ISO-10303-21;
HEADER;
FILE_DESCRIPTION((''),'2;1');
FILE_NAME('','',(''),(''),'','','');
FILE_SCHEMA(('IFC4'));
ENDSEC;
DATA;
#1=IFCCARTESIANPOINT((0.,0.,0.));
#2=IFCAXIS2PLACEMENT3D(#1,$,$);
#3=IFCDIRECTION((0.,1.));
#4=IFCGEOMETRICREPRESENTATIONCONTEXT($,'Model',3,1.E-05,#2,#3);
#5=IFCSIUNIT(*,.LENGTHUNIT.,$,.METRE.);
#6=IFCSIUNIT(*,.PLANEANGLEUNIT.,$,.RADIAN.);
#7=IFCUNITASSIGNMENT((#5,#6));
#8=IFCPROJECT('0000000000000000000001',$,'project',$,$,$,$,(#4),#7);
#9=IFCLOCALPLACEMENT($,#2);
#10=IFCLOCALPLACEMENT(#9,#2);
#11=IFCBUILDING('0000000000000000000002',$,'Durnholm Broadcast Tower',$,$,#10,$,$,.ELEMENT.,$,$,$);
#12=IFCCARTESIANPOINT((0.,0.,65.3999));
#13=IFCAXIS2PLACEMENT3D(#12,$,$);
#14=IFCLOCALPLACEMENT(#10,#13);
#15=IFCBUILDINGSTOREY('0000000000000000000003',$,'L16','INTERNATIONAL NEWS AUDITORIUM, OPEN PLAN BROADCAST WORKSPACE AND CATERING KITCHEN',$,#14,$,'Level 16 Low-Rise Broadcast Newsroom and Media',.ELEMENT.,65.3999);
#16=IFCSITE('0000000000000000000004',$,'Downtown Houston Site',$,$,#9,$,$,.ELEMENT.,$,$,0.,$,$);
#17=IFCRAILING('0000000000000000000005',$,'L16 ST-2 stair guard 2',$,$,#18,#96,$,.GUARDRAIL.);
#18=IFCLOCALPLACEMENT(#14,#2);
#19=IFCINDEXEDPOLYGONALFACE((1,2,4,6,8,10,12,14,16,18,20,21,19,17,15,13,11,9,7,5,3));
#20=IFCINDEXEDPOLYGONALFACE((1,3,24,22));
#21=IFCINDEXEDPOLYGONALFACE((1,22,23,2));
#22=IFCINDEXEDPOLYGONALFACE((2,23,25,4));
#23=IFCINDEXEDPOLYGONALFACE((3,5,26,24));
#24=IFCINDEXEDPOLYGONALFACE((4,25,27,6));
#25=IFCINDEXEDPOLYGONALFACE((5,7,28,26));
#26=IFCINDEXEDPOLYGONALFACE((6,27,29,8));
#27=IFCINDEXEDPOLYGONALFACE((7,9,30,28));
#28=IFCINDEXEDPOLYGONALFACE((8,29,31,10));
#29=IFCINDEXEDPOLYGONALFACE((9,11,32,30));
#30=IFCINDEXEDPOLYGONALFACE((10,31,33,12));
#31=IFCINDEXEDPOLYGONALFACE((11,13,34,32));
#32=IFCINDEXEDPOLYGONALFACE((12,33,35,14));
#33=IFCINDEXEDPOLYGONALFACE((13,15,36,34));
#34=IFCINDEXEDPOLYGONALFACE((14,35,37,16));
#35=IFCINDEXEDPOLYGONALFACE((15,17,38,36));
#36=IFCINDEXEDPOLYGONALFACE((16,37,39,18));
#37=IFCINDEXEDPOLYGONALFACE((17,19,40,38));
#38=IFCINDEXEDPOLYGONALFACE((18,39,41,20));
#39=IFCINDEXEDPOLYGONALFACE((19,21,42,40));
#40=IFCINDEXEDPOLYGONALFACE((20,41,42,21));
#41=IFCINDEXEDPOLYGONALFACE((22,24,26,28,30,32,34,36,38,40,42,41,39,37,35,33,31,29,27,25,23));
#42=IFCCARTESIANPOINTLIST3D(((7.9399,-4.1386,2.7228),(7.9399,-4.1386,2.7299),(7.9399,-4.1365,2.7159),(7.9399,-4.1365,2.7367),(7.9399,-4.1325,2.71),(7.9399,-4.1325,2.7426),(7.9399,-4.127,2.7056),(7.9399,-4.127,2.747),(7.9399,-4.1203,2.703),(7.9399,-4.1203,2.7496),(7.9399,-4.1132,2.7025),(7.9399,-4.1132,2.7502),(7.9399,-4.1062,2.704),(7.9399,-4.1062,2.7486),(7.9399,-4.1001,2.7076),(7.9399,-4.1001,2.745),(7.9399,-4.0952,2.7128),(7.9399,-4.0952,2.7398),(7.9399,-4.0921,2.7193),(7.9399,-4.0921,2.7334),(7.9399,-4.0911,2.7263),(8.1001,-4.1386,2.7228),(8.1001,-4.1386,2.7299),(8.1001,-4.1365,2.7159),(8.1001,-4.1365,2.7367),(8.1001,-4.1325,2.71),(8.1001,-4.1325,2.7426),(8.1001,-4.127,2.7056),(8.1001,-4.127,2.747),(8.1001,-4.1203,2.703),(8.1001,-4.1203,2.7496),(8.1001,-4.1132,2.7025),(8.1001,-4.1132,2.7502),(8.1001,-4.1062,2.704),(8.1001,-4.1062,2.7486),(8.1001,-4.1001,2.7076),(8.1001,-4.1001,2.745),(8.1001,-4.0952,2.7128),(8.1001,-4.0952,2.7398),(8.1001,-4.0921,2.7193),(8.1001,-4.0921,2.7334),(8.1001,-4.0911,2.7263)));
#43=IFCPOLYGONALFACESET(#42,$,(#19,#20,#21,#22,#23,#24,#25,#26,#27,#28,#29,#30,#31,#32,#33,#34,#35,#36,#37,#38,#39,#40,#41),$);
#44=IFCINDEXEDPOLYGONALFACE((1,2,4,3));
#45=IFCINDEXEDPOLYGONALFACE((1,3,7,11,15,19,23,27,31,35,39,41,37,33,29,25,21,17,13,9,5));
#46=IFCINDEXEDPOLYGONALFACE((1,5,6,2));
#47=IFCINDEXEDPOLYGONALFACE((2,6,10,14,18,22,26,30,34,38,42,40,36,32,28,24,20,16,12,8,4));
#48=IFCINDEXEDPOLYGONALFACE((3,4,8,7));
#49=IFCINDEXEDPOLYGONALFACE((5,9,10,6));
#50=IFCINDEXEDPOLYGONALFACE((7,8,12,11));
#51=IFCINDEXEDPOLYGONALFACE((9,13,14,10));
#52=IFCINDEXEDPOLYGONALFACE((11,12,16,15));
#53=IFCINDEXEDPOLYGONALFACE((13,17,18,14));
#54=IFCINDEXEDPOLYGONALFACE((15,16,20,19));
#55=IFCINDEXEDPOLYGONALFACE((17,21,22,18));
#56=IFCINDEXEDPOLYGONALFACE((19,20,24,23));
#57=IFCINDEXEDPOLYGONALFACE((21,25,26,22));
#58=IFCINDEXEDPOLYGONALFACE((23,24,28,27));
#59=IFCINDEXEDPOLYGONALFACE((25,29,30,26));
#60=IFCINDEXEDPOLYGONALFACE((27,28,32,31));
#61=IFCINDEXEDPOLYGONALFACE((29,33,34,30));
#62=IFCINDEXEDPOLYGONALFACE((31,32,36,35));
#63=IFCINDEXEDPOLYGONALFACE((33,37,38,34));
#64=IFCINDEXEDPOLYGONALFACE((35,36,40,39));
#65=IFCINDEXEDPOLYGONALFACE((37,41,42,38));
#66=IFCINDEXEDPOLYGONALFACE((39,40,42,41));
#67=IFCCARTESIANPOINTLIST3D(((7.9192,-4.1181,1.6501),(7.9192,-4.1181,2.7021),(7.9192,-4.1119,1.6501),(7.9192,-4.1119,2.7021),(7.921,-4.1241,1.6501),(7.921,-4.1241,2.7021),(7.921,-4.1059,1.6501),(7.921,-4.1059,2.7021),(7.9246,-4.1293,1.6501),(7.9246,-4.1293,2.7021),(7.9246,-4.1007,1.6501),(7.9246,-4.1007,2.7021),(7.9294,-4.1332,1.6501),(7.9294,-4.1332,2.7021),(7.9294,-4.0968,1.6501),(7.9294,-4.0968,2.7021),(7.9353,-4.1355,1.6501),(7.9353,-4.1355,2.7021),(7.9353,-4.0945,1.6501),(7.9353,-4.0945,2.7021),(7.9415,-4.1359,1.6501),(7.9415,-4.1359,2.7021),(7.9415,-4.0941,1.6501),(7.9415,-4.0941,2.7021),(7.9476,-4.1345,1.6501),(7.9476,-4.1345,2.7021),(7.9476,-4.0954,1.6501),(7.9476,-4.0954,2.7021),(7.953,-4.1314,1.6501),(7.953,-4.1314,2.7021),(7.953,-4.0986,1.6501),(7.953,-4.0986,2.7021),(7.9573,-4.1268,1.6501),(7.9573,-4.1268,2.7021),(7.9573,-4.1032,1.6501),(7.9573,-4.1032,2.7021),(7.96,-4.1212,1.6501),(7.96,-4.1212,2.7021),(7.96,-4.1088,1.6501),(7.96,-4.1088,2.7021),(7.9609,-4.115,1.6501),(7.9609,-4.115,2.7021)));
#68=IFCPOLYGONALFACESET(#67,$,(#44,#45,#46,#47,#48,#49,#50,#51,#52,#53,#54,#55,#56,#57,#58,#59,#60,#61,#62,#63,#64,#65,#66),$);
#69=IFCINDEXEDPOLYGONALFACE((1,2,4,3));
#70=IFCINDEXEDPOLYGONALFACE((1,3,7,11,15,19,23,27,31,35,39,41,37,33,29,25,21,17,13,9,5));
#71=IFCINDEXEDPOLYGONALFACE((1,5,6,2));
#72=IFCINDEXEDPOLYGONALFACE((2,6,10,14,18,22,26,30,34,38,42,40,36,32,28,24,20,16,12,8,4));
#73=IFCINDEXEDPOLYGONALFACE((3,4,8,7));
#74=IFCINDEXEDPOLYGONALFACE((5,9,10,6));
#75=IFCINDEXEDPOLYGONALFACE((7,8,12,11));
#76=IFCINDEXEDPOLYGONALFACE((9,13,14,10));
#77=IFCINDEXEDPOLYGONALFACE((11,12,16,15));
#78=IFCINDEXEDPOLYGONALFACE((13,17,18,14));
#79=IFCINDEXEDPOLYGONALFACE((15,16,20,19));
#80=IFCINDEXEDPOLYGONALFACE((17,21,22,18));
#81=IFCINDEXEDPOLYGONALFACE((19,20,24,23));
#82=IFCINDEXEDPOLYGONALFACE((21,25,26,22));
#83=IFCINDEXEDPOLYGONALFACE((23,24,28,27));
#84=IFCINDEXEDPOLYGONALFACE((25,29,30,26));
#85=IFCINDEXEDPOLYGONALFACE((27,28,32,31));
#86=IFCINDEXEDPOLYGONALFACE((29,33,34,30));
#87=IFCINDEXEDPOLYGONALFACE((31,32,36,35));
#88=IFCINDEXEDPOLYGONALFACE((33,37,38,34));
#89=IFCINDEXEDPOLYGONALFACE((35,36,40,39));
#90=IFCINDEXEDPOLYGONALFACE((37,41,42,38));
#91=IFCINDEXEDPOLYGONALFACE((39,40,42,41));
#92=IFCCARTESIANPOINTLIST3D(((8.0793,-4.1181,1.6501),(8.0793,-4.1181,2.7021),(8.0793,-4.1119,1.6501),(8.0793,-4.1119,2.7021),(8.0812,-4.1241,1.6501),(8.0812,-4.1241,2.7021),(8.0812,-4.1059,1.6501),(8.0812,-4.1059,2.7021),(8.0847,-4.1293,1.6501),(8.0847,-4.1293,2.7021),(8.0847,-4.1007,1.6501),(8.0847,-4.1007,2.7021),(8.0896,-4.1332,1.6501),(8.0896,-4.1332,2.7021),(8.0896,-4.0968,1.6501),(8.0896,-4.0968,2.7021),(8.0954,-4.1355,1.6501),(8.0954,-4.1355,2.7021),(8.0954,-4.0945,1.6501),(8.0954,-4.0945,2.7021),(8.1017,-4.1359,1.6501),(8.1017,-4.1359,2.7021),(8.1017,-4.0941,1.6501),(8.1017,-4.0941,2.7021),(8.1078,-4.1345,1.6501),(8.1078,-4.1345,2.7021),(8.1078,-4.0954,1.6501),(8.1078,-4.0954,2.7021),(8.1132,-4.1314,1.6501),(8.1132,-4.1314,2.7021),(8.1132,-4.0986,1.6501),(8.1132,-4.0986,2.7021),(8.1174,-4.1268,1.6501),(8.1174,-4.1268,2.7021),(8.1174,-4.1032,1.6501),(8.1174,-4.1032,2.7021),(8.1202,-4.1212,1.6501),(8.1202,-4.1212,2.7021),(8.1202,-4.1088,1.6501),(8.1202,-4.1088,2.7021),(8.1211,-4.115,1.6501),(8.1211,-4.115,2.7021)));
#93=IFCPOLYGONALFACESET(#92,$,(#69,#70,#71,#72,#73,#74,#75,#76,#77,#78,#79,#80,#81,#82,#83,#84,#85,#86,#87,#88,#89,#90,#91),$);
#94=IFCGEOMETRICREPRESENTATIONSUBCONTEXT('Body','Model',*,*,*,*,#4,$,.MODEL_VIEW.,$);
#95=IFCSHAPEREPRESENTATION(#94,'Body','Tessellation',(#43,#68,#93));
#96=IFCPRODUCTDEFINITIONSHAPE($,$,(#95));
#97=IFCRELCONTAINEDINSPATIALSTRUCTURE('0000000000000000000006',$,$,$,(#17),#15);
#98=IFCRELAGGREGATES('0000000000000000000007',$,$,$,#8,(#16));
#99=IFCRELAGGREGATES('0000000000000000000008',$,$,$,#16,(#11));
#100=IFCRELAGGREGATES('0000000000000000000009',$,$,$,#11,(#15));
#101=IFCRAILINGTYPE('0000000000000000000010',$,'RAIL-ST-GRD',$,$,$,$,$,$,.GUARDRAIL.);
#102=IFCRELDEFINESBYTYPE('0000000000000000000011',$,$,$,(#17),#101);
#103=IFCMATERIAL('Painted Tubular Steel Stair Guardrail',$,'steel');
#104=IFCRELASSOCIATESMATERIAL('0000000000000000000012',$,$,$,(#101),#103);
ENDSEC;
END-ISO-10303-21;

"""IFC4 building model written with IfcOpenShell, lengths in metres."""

from ifc_helpers import new_model, si_unit, direction, frame, origin, origin_2d, place, context, subcontext, project, spatial, circle, extrude, material, type_object, element, save


model = new_model("IFC4")

# Units and contexts
model_context = context("Model", 3, precision=1e-05, world=origin(), true_north=direction((0.0, 1.0)))
body_context = subcontext(model_context, "Body", "Model", "MODEL_VIEW")
ifc_project = project(units=[si_unit("LENGTHUNIT", "METRE"), si_unit("PLANEANGLEUNIT", "RADIAN")], contexts=[model_context])

# Site, building, storey
site_placement = place(None, origin())
site = spatial("IfcSite", under=ifc_project, at=site_placement, Name="Downtown Houston Site", CompositionType="ELEMENT", RefElevation=0.0)
building_placement = place(site_placement, origin())
building = spatial("IfcBuilding", under=site, at=building_placement, Name="Durnholm Broadcast Tower", CompositionType="ELEMENT")
storey_placement = place(building_placement, frame((0.0, 0.0, 65.3999)))
storey = spatial("IfcBuildingStorey", under=building, at=storey_placement, Name="L16", Description="INTERNATIONAL NEWS AUDITORIUM, OPEN PLAN BROADCAST WORKSPACE AND CATERING KITCHEN", LongName="Level 16 Low-Rise Broadcast Newsroom and Media", CompositionType="ELEMENT", Elevation=65.3999)

# Railing
ifc_material_1 = material(Name="Painted Tubular Steel Stair Guardrail", Category="steel")
railing_type_1 = type_object("IfcRailingType", Name="RAIL-ST-GRD", PredefinedType="GUARDRAIL", material=ifc_material_1)
railing_1_placement = place(storey_placement, frame((7.9399, -4.115, 1.6501)))
element("IfcRailing", 1, at=railing_1_placement, inside=storey, type_object=railing_type_1, Name="L16 ST-2 stair guard 2", PredefinedType="GUARDRAIL", context=body_context, shape_type="SweptSolid", body=[
    extrude(circle(Radius=0.0239, at=origin_2d()), frame((0.0, 0.0, 1.0762), z_axis=(1.0, 0.0, 0.0), x_axis=(0.0, 1.0, 0.0)), (0.0, 0.0, 1.0), 0.1602),
    extrude(circle(Radius=0.021, at=origin_2d()), origin(), (0.0, 0.0, 1.0), 1.052),
    extrude(circle(Radius=0.021, at=origin_2d()), frame((0.1602, 0.0, 0.0)), (0.0, 0.0, 1.0), 1.052),
])

save(model, "model.ifc")
